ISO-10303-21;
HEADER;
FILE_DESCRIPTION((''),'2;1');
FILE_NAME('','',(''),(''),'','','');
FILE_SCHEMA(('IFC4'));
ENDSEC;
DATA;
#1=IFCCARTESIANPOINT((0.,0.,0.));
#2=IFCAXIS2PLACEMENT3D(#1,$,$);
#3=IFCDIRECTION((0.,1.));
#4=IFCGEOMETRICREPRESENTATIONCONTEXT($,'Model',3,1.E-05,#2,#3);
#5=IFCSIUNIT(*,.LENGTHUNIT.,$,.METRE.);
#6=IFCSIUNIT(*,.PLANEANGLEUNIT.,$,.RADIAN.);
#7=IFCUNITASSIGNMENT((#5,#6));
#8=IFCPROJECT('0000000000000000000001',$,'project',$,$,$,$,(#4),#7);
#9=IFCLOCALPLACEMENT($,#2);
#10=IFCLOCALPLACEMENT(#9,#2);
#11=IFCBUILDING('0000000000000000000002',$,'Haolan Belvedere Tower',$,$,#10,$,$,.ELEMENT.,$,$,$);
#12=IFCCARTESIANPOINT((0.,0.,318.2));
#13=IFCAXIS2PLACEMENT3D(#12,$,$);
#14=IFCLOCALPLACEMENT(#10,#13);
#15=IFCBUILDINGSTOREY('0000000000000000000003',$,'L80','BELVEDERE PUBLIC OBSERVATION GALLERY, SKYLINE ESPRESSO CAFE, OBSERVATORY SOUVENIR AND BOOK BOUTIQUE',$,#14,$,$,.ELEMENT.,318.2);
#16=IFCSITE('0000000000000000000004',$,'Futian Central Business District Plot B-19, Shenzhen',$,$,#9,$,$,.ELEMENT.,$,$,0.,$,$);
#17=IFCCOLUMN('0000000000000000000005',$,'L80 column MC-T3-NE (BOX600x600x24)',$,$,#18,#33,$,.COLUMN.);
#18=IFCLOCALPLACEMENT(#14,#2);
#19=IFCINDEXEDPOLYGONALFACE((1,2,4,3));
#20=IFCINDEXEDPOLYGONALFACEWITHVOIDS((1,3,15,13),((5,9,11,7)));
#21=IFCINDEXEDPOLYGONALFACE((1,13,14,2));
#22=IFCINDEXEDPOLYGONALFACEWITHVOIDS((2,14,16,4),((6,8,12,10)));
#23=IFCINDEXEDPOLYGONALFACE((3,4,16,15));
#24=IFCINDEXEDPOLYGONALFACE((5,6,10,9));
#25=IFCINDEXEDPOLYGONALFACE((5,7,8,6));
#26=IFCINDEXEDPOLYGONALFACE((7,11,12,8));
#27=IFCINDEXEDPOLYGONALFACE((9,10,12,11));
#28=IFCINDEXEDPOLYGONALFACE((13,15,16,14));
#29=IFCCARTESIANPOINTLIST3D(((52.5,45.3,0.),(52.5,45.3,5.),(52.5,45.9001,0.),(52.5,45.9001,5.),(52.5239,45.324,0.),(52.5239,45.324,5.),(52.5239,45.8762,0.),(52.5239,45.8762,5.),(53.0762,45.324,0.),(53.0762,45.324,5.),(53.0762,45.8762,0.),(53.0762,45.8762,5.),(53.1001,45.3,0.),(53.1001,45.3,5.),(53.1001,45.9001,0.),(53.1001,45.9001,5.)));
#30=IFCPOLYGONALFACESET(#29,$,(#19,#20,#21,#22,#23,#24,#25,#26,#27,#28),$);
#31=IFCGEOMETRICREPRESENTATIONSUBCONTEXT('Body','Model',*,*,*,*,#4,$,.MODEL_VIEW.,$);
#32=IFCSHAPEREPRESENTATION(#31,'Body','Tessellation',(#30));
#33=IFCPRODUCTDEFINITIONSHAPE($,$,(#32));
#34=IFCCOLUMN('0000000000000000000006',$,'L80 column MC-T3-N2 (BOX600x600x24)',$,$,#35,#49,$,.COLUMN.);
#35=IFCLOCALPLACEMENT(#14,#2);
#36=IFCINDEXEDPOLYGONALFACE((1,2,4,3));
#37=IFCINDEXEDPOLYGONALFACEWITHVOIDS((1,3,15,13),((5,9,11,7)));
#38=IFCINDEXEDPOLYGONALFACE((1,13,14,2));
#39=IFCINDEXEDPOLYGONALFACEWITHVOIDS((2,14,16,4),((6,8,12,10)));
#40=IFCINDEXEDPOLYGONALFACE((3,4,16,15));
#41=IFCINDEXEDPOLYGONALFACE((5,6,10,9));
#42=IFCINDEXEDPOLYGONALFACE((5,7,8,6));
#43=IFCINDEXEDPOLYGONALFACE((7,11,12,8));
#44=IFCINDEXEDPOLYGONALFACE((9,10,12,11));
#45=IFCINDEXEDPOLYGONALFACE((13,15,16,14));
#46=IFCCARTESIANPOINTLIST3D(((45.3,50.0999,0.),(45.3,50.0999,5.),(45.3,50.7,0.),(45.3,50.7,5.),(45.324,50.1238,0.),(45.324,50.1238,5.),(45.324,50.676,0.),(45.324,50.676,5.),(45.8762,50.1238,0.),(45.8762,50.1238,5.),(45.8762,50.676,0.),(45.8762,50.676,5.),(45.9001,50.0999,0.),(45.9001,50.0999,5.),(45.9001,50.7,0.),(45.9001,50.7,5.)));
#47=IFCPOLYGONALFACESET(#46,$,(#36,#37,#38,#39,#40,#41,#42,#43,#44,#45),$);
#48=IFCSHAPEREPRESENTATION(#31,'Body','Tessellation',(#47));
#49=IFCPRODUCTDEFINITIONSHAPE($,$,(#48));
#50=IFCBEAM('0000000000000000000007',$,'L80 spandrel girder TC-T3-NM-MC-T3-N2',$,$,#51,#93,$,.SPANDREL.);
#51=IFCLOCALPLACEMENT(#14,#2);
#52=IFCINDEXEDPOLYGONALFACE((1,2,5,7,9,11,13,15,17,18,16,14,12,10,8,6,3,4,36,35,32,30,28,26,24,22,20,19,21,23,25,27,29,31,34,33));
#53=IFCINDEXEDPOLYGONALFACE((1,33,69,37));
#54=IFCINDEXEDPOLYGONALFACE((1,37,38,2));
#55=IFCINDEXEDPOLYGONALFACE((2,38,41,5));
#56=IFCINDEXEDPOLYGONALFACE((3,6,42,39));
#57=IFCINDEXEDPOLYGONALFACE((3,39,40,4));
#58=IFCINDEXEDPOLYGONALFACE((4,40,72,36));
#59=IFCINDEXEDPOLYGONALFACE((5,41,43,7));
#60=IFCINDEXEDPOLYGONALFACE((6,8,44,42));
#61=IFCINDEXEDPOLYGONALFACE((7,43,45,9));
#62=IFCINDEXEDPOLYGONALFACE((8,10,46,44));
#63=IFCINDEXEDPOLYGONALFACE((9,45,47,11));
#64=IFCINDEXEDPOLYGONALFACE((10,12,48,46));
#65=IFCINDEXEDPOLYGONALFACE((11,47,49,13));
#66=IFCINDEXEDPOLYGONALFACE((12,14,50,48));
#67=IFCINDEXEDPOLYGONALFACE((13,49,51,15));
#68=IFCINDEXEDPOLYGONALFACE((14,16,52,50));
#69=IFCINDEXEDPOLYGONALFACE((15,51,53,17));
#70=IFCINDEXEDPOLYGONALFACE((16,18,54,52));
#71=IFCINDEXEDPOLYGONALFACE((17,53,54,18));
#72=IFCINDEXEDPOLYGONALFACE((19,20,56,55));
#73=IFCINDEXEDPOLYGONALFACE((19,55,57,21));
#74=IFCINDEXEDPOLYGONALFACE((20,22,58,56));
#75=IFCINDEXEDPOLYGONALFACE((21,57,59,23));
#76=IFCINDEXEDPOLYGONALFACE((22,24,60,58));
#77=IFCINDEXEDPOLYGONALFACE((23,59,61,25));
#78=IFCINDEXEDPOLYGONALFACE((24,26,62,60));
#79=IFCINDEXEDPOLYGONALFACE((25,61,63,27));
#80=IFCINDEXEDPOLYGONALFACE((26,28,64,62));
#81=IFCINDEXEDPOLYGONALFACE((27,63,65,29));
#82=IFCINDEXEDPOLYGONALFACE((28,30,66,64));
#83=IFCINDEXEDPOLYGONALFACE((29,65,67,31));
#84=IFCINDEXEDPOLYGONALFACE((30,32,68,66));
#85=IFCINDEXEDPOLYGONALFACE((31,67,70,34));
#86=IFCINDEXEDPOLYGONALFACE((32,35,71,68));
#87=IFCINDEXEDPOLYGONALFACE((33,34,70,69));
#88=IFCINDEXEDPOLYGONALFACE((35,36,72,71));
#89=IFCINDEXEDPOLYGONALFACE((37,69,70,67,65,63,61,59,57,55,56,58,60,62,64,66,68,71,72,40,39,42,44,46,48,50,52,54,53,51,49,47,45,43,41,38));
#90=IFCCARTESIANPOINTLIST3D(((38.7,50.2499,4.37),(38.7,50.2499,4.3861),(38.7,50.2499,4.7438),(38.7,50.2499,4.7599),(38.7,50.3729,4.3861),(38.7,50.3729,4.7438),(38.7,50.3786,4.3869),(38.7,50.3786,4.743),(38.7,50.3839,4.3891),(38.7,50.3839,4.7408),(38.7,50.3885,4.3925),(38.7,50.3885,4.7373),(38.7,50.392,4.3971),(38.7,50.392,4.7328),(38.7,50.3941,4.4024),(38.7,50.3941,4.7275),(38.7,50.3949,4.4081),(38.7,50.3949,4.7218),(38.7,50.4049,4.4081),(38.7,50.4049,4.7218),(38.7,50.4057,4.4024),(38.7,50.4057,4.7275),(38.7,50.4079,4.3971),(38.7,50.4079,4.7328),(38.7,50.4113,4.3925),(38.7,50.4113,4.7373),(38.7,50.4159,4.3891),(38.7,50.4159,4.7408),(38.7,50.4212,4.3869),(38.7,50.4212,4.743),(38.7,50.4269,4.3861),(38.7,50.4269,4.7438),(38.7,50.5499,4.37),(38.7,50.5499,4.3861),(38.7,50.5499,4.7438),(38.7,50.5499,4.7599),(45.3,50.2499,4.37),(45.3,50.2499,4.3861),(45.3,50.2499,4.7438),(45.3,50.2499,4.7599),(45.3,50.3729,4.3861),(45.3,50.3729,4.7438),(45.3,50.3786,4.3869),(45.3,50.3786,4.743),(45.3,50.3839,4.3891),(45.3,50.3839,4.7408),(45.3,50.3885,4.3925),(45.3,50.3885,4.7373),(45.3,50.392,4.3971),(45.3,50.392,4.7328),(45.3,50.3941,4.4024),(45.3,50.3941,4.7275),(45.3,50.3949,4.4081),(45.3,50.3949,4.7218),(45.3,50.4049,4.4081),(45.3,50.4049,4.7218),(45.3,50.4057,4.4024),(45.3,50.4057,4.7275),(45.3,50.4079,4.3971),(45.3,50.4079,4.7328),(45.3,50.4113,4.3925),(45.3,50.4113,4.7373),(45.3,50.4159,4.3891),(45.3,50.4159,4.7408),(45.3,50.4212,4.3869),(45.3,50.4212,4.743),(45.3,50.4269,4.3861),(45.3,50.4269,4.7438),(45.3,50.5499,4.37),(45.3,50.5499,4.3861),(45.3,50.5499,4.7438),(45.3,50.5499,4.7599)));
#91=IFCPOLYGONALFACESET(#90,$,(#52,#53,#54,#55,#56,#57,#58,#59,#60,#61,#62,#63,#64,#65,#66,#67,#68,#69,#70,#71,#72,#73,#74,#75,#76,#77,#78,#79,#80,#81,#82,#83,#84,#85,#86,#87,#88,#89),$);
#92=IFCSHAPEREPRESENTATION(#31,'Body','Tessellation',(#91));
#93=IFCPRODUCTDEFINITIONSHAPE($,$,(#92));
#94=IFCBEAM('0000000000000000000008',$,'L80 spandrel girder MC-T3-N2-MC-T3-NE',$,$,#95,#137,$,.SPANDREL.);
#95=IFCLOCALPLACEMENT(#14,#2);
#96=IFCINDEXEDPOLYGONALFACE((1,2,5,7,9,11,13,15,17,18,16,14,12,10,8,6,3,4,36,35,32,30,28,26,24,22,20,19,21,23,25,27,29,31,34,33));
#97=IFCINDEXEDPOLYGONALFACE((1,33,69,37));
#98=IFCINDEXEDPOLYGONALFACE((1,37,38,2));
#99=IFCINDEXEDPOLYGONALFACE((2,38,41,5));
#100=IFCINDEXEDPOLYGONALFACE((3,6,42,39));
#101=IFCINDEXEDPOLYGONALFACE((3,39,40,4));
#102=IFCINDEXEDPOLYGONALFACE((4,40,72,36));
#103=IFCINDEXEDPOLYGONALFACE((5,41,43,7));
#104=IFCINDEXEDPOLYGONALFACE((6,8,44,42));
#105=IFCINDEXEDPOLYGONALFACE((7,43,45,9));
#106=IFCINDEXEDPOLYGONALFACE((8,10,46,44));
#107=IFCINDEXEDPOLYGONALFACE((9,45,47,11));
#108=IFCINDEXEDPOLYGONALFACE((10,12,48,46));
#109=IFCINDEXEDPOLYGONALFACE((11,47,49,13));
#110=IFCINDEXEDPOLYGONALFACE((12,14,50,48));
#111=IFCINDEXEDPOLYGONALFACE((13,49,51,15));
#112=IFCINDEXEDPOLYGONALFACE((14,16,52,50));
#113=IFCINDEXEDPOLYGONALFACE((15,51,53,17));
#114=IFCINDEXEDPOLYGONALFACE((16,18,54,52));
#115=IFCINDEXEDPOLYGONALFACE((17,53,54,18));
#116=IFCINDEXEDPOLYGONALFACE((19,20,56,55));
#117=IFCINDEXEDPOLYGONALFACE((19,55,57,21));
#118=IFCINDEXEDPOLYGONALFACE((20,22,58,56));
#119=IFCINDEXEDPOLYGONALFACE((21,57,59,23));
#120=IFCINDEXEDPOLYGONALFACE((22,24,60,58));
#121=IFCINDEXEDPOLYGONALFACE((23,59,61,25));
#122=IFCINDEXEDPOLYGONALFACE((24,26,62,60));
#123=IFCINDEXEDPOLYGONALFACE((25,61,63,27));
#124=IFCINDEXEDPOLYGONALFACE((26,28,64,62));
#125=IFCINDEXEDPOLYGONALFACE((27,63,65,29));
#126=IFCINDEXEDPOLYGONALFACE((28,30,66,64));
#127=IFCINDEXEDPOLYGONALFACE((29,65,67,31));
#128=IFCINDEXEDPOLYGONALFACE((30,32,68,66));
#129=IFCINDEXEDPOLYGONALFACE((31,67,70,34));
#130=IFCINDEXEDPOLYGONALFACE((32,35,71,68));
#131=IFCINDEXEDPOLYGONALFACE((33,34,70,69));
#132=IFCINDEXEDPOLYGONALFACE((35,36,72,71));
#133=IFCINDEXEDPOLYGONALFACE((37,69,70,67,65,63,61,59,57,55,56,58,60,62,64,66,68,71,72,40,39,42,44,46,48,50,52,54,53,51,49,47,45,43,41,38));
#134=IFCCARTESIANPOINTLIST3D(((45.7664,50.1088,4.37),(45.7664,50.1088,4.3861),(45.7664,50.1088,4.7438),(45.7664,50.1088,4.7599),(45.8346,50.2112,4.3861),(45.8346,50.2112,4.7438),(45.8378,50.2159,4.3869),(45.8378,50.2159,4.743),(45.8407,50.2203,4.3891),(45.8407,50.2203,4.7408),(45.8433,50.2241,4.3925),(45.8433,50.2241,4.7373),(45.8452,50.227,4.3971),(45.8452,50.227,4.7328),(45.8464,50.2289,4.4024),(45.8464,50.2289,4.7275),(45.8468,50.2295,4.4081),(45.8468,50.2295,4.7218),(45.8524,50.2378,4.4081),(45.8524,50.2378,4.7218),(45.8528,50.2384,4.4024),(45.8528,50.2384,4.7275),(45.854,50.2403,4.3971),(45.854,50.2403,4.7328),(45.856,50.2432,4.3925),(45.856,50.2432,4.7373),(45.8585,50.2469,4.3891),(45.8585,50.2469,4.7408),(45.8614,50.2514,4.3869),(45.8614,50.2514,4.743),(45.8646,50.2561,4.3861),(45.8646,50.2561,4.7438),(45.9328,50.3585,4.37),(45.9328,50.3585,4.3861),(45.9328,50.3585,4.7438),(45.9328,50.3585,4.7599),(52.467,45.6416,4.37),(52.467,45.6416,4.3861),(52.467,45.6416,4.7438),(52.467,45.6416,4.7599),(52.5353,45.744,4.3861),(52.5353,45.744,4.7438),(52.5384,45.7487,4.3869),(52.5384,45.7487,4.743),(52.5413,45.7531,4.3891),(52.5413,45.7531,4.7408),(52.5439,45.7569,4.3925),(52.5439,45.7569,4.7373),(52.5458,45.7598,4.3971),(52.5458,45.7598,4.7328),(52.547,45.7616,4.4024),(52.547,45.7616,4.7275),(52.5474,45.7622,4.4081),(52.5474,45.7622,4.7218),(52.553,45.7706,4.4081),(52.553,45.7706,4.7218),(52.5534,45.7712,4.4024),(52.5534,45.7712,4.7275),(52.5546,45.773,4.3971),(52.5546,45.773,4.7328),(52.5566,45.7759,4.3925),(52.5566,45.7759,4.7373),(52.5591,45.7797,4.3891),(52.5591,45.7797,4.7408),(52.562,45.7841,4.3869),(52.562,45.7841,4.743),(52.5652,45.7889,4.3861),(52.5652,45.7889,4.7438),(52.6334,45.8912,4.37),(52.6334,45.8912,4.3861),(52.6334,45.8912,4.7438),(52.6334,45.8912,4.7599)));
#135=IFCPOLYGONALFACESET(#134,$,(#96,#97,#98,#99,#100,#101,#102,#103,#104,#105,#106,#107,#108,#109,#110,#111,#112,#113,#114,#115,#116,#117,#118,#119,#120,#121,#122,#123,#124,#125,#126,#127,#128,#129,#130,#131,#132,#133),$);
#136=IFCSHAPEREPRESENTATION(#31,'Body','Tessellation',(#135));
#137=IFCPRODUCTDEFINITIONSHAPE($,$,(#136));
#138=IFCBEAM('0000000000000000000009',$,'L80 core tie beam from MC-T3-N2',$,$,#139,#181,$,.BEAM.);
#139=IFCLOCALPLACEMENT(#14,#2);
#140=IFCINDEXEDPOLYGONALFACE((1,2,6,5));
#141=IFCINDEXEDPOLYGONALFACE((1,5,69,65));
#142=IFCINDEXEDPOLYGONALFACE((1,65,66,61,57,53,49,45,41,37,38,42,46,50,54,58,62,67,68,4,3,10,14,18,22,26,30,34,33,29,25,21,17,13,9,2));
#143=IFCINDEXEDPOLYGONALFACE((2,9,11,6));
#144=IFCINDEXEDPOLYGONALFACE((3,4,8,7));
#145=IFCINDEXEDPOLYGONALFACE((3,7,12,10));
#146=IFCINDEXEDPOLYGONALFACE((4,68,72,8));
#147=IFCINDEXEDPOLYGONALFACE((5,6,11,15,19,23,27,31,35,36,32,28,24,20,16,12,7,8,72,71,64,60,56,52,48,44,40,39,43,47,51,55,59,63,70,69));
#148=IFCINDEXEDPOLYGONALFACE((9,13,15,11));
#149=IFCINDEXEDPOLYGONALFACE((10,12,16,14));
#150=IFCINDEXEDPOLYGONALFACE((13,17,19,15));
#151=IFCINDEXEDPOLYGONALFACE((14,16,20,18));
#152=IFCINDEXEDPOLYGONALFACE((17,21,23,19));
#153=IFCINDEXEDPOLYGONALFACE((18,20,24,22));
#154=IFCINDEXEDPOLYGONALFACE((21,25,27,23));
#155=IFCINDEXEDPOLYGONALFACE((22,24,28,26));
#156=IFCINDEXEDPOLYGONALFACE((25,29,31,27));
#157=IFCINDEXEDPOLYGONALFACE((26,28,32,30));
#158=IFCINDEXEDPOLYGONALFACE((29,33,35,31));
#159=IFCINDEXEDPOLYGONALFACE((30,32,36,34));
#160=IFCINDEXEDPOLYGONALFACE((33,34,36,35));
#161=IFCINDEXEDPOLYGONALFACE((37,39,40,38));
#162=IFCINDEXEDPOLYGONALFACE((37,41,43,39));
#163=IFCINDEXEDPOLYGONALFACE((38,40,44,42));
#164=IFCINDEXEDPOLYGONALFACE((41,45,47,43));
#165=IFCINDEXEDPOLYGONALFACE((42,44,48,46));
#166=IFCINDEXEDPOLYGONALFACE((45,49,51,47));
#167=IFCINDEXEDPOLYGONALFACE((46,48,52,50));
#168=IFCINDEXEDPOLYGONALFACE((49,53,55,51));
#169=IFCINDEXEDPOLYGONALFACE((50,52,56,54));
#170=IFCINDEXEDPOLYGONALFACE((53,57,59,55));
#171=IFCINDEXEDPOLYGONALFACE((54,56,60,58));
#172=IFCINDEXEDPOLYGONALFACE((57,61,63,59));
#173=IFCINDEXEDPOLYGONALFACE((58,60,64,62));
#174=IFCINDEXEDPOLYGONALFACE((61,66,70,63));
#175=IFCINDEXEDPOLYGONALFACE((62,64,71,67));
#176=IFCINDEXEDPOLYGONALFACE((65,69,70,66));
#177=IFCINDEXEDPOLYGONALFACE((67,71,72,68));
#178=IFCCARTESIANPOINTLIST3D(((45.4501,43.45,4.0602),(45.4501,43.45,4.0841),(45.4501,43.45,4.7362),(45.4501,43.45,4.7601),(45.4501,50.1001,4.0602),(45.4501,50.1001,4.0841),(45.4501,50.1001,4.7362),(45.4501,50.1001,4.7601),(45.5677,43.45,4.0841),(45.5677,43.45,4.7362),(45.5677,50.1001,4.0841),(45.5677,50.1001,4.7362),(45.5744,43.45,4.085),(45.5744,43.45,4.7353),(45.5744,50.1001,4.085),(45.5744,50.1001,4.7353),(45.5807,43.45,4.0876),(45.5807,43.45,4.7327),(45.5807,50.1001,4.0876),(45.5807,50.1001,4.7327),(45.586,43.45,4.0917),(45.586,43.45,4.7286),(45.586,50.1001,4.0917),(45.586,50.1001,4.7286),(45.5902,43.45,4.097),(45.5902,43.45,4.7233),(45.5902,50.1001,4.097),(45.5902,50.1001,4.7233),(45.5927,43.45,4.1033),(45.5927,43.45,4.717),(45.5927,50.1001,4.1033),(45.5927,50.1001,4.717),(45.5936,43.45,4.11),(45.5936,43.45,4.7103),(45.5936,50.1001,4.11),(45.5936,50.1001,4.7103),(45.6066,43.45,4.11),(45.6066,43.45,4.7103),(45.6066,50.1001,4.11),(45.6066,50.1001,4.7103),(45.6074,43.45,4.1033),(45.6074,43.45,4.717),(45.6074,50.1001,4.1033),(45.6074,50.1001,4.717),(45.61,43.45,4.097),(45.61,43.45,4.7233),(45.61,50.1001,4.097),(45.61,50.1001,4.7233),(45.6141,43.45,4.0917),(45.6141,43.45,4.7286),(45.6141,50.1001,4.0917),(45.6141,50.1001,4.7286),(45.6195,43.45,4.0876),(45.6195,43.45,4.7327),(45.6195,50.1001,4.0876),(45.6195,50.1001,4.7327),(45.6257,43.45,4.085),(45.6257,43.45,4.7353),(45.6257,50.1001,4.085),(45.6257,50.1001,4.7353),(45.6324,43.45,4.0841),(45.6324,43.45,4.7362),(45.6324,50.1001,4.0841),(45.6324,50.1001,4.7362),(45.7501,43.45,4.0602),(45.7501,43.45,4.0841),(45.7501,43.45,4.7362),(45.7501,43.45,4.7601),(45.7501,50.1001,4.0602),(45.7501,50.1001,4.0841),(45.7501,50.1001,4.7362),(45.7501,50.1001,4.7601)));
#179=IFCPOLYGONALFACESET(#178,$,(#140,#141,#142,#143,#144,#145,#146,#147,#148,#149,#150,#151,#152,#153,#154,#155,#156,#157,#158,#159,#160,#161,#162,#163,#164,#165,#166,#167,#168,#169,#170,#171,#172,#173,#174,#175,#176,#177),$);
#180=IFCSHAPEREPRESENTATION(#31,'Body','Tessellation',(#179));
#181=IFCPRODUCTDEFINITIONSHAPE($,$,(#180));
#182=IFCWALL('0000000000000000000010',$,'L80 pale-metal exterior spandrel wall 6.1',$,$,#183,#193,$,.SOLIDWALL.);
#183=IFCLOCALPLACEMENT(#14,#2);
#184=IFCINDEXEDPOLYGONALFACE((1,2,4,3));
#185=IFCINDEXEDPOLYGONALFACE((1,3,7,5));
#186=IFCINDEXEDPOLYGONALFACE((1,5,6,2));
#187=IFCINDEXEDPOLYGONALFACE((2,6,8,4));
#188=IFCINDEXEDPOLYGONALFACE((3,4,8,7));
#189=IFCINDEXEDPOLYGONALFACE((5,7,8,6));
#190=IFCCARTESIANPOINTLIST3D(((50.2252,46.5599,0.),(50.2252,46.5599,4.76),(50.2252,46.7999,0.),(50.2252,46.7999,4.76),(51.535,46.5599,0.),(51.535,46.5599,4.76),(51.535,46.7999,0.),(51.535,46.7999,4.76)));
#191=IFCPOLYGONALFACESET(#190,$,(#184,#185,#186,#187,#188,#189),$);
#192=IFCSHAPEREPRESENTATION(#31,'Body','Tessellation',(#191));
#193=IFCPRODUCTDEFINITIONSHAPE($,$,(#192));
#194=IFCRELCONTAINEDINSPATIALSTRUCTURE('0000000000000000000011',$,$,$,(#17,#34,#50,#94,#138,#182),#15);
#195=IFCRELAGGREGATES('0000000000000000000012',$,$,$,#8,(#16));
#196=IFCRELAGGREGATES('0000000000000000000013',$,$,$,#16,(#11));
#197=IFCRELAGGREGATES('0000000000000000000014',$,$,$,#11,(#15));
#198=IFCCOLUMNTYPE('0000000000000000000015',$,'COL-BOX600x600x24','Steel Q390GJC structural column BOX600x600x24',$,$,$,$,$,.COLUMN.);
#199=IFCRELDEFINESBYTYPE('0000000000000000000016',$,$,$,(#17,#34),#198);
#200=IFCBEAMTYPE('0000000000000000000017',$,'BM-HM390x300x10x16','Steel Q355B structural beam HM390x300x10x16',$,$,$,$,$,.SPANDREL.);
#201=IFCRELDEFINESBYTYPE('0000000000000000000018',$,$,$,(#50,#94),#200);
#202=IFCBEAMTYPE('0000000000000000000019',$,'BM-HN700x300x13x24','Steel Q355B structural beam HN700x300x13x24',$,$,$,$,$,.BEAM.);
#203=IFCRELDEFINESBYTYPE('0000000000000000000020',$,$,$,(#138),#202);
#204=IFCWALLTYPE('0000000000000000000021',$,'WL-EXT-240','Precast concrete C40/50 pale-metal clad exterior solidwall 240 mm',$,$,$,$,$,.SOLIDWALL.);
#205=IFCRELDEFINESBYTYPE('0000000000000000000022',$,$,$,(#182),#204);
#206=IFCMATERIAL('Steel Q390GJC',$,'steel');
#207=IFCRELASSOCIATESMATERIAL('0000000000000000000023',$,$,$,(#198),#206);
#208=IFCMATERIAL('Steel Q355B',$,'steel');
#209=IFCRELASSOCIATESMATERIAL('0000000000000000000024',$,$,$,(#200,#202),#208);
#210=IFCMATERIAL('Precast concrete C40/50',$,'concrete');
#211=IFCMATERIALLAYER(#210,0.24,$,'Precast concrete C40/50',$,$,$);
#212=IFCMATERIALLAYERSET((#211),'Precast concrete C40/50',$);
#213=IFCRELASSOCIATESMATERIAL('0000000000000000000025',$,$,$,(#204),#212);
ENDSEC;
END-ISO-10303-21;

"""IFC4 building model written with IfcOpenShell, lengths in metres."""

from ifc_helpers import new_model, si_unit, direction, frame, frame_2d, origin, origin_2d, place, context, subcontext, project, spatial, rectangle, hollow_rectangle, i_section, extrude, material, layer, layer_set, material_profile, profile_set, type_object, element, save


model = new_model("IFC4")

# Units and contexts
model_context = context("Model", 3, precision=1e-05, world=origin(), true_north=direction((0.0, 1.0)))
body_context = subcontext(model_context, "Body", "Model", "MODEL_VIEW")
ifc_project = project(units=[si_unit("LENGTHUNIT", "METRE"), si_unit("PLANEANGLEUNIT", "RADIAN")], contexts=[model_context])

# Site, building, storey
site_placement = place(None, origin())
site = spatial("IfcSite", under=ifc_project, at=site_placement, Name="Futian Central Business District Plot B-19, Shenzhen", CompositionType="ELEMENT", RefElevation=0.0)
building_placement = place(site_placement, origin())
building = spatial("IfcBuilding", under=site, at=building_placement, Name="Haolan Belvedere Tower", CompositionType="ELEMENT")
storey_placement = place(building_placement, frame((0.0, 0.0, 318.2)))
storey = spatial("IfcBuildingStorey", under=building, at=storey_placement, Name="L80", Description="BELVEDERE PUBLIC OBSERVATION GALLERY, SKYLINE ESPRESSO CAFE, OBSERVATORY SOUVENIR AND BOOK BOUTIQUE", CompositionType="ELEMENT", Elevation=318.2)

# Columns
ifc_material_1 = material(Name="Steel Q390GJC", Category="steel")
ifc_material_profile_1 = material_profile(ifc_material_1, hollow_rectangle(XDim=0.6001, YDim=0.6001, WallThickness=0.0239, at=origin_2d()), Name="Steel Q390GJC")
ifc_profile_set_1 = profile_set([ifc_material_profile_1], Name="Steel Q390GJC")
column_type = type_object("IfcColumnType", Name="COL-BOX600x600x24", Description="Steel Q390GJC structural column BOX600x600x24", PredefinedType="COLUMN", material=ifc_profile_set_1)
for number, where, z_axis, x_axis, name in (
    (1, (52.8, 45.6001, 0.0), (0.0, 0.0, 1.0), (1.0, 0.0, 0.0), "L80 column MC-T3-NE (BOX600x600x24)"),
    (2, (45.6001, 50.3999, 0.0), (0.0, 0.0, 1.0), (1.0, 0.0, 0.0), "L80 column MC-T3-N2 (BOX600x600x24)"),
):
    element("IfcColumn", number, at=place(storey_placement, frame(where, z_axis=z_axis, x_axis=x_axis)), inside=storey, type_object=column_type, Name=name, PredefinedType="COLUMN", context=body_context, shape_type="SweptSolid", body=[
        extrude(hollow_rectangle(XDim=0.6001, YDim=0.6001, WallThickness=0.0239, at=origin_2d()), origin(), (0.0, 0.0, 1.0), 5.0),
    ])

# Beams
ifc_material_2 = material(Name="Steel Q355B", Category="steel")
ifc_material_profile_2 = material_profile(ifc_material_2, i_section(OverallWidth=0.3, OverallDepth=0.3899, WebThickness=0.01, FlangeThickness=0.0161, FilletRadius=0.022, at=origin_2d()), Name="Steel Q355B")
ifc_profile_set_2 = profile_set([ifc_material_profile_2], Name="Steel Q355B")
beam_type_1 = type_object("IfcBeamType", Name="BM-HM390x300x10x16", Description="Steel Q355B structural beam HM390x300x10x16", PredefinedType="SPANDREL", material=ifc_profile_set_2)
beam_1_placement = place(storey_placement, frame((38.7, 50.3999, 4.5649), z_axis=(1.0, 0.0, 0.0), x_axis=(0.0, 1.0, 0.0)))
element("IfcBeam", 3, at=beam_1_placement, inside=storey, type_object=beam_type_1, Name="L80 spandrel girder TC-T3-NM-MC-T3-N2", PredefinedType="SPANDREL", context=body_context, shape_type="SweptSolid", body=[
    extrude(i_section(OverallWidth=0.3, OverallDepth=0.3899, WebThickness=0.01, FlangeThickness=0.0161, FilletRadius=0.022, at=origin_2d()), origin(), (0.0, 0.0, 1.0), 6.6001),
])
beam_2_placement = place(storey_placement, frame((45.8496, 50.2336, 4.5649), z_axis=(0.832041, -0.554714, 0.0), x_axis=(0.554714, 0.832041, 0.0)))
element("IfcBeam", 4, at=beam_2_placement, inside=storey, type_object=beam_type_1, Name="L80 spandrel girder MC-T3-N2-MC-T3-NE", PredefinedType="SPANDREL", context=body_context, shape_type="SweptSolid", body=[
    extrude(i_section(OverallWidth=0.3, OverallDepth=0.3899, WebThickness=0.01, FlangeThickness=0.0161, FilletRadius=0.022, at=origin_2d()), origin(), (0.0, 0.0, 1.0), 8.0532),
])
ifc_material_profile_3 = material_profile(ifc_material_2, i_section(OverallWidth=0.3, OverallDepth=0.7, WebThickness=0.0129, FlangeThickness=0.0239, FilletRadius=0.0259, at=origin_2d()), Name="Steel Q355B")
ifc_profile_set_3 = profile_set([ifc_material_profile_3], Name="Steel Q355B")
beam_type_2 = type_object("IfcBeamType", Name="BM-HN700x300x13x24", Description="Steel Q355B structural beam HN700x300x13x24", PredefinedType="BEAM", material=ifc_profile_set_3)
beam_3_placement = place(storey_placement, frame((45.6001, 50.1001, 4.4102), z_axis=(0.0, -1.0, 0.0), x_axis=(1.0, 0.0, 0.0)))
element("IfcBeam", 5, at=beam_3_placement, inside=storey, type_object=beam_type_2, Name="L80 core tie beam from MC-T3-N2", PredefinedType="BEAM", context=body_context, shape_type="SweptSolid", body=[
    extrude(i_section(OverallWidth=0.3, OverallDepth=0.7, WebThickness=0.0129, FlangeThickness=0.0239, FilletRadius=0.0259, at=origin_2d()), origin(), (0.0, 0.0, 1.0), 6.6501),
])

# Wall
ifc_material_3 = material(Name="Precast concrete C40/50", Category="concrete")
ifc_layer_1 = layer(ifc_material_3, 0.24, Name="Precast concrete C40/50")
ifc_layer_set_1 = layer_set([ifc_layer_1], Name="Precast concrete C40/50")
wall_type_1 = type_object("IfcWallType", Name="WL-EXT-240", Description="Precast concrete C40/50 pale-metal clad exterior solidwall 240 mm", PredefinedType="SOLIDWALL", material=ifc_layer_set_1)
wall_1_placement = place(storey_placement, frame((51.5349, 46.6799, 0.0), z_axis=(0.0, 0.0, 1.0), x_axis=(-1.0, 0.0, 0.0)))
element("IfcWall", 6, at=wall_1_placement, inside=storey, type_object=wall_type_1, Name="L80 pale-metal exterior spandrel wall 6.1", PredefinedType="SOLIDWALL", context=body_context, shape_type="SweptSolid", body=[
    extrude(rectangle(XDim=1.3098, YDim=0.24, at=frame_2d((0.6548, 0.0))), origin(), (0.0, 0.0, 1.0), 4.76),
])

save(model, "model.ifc")
